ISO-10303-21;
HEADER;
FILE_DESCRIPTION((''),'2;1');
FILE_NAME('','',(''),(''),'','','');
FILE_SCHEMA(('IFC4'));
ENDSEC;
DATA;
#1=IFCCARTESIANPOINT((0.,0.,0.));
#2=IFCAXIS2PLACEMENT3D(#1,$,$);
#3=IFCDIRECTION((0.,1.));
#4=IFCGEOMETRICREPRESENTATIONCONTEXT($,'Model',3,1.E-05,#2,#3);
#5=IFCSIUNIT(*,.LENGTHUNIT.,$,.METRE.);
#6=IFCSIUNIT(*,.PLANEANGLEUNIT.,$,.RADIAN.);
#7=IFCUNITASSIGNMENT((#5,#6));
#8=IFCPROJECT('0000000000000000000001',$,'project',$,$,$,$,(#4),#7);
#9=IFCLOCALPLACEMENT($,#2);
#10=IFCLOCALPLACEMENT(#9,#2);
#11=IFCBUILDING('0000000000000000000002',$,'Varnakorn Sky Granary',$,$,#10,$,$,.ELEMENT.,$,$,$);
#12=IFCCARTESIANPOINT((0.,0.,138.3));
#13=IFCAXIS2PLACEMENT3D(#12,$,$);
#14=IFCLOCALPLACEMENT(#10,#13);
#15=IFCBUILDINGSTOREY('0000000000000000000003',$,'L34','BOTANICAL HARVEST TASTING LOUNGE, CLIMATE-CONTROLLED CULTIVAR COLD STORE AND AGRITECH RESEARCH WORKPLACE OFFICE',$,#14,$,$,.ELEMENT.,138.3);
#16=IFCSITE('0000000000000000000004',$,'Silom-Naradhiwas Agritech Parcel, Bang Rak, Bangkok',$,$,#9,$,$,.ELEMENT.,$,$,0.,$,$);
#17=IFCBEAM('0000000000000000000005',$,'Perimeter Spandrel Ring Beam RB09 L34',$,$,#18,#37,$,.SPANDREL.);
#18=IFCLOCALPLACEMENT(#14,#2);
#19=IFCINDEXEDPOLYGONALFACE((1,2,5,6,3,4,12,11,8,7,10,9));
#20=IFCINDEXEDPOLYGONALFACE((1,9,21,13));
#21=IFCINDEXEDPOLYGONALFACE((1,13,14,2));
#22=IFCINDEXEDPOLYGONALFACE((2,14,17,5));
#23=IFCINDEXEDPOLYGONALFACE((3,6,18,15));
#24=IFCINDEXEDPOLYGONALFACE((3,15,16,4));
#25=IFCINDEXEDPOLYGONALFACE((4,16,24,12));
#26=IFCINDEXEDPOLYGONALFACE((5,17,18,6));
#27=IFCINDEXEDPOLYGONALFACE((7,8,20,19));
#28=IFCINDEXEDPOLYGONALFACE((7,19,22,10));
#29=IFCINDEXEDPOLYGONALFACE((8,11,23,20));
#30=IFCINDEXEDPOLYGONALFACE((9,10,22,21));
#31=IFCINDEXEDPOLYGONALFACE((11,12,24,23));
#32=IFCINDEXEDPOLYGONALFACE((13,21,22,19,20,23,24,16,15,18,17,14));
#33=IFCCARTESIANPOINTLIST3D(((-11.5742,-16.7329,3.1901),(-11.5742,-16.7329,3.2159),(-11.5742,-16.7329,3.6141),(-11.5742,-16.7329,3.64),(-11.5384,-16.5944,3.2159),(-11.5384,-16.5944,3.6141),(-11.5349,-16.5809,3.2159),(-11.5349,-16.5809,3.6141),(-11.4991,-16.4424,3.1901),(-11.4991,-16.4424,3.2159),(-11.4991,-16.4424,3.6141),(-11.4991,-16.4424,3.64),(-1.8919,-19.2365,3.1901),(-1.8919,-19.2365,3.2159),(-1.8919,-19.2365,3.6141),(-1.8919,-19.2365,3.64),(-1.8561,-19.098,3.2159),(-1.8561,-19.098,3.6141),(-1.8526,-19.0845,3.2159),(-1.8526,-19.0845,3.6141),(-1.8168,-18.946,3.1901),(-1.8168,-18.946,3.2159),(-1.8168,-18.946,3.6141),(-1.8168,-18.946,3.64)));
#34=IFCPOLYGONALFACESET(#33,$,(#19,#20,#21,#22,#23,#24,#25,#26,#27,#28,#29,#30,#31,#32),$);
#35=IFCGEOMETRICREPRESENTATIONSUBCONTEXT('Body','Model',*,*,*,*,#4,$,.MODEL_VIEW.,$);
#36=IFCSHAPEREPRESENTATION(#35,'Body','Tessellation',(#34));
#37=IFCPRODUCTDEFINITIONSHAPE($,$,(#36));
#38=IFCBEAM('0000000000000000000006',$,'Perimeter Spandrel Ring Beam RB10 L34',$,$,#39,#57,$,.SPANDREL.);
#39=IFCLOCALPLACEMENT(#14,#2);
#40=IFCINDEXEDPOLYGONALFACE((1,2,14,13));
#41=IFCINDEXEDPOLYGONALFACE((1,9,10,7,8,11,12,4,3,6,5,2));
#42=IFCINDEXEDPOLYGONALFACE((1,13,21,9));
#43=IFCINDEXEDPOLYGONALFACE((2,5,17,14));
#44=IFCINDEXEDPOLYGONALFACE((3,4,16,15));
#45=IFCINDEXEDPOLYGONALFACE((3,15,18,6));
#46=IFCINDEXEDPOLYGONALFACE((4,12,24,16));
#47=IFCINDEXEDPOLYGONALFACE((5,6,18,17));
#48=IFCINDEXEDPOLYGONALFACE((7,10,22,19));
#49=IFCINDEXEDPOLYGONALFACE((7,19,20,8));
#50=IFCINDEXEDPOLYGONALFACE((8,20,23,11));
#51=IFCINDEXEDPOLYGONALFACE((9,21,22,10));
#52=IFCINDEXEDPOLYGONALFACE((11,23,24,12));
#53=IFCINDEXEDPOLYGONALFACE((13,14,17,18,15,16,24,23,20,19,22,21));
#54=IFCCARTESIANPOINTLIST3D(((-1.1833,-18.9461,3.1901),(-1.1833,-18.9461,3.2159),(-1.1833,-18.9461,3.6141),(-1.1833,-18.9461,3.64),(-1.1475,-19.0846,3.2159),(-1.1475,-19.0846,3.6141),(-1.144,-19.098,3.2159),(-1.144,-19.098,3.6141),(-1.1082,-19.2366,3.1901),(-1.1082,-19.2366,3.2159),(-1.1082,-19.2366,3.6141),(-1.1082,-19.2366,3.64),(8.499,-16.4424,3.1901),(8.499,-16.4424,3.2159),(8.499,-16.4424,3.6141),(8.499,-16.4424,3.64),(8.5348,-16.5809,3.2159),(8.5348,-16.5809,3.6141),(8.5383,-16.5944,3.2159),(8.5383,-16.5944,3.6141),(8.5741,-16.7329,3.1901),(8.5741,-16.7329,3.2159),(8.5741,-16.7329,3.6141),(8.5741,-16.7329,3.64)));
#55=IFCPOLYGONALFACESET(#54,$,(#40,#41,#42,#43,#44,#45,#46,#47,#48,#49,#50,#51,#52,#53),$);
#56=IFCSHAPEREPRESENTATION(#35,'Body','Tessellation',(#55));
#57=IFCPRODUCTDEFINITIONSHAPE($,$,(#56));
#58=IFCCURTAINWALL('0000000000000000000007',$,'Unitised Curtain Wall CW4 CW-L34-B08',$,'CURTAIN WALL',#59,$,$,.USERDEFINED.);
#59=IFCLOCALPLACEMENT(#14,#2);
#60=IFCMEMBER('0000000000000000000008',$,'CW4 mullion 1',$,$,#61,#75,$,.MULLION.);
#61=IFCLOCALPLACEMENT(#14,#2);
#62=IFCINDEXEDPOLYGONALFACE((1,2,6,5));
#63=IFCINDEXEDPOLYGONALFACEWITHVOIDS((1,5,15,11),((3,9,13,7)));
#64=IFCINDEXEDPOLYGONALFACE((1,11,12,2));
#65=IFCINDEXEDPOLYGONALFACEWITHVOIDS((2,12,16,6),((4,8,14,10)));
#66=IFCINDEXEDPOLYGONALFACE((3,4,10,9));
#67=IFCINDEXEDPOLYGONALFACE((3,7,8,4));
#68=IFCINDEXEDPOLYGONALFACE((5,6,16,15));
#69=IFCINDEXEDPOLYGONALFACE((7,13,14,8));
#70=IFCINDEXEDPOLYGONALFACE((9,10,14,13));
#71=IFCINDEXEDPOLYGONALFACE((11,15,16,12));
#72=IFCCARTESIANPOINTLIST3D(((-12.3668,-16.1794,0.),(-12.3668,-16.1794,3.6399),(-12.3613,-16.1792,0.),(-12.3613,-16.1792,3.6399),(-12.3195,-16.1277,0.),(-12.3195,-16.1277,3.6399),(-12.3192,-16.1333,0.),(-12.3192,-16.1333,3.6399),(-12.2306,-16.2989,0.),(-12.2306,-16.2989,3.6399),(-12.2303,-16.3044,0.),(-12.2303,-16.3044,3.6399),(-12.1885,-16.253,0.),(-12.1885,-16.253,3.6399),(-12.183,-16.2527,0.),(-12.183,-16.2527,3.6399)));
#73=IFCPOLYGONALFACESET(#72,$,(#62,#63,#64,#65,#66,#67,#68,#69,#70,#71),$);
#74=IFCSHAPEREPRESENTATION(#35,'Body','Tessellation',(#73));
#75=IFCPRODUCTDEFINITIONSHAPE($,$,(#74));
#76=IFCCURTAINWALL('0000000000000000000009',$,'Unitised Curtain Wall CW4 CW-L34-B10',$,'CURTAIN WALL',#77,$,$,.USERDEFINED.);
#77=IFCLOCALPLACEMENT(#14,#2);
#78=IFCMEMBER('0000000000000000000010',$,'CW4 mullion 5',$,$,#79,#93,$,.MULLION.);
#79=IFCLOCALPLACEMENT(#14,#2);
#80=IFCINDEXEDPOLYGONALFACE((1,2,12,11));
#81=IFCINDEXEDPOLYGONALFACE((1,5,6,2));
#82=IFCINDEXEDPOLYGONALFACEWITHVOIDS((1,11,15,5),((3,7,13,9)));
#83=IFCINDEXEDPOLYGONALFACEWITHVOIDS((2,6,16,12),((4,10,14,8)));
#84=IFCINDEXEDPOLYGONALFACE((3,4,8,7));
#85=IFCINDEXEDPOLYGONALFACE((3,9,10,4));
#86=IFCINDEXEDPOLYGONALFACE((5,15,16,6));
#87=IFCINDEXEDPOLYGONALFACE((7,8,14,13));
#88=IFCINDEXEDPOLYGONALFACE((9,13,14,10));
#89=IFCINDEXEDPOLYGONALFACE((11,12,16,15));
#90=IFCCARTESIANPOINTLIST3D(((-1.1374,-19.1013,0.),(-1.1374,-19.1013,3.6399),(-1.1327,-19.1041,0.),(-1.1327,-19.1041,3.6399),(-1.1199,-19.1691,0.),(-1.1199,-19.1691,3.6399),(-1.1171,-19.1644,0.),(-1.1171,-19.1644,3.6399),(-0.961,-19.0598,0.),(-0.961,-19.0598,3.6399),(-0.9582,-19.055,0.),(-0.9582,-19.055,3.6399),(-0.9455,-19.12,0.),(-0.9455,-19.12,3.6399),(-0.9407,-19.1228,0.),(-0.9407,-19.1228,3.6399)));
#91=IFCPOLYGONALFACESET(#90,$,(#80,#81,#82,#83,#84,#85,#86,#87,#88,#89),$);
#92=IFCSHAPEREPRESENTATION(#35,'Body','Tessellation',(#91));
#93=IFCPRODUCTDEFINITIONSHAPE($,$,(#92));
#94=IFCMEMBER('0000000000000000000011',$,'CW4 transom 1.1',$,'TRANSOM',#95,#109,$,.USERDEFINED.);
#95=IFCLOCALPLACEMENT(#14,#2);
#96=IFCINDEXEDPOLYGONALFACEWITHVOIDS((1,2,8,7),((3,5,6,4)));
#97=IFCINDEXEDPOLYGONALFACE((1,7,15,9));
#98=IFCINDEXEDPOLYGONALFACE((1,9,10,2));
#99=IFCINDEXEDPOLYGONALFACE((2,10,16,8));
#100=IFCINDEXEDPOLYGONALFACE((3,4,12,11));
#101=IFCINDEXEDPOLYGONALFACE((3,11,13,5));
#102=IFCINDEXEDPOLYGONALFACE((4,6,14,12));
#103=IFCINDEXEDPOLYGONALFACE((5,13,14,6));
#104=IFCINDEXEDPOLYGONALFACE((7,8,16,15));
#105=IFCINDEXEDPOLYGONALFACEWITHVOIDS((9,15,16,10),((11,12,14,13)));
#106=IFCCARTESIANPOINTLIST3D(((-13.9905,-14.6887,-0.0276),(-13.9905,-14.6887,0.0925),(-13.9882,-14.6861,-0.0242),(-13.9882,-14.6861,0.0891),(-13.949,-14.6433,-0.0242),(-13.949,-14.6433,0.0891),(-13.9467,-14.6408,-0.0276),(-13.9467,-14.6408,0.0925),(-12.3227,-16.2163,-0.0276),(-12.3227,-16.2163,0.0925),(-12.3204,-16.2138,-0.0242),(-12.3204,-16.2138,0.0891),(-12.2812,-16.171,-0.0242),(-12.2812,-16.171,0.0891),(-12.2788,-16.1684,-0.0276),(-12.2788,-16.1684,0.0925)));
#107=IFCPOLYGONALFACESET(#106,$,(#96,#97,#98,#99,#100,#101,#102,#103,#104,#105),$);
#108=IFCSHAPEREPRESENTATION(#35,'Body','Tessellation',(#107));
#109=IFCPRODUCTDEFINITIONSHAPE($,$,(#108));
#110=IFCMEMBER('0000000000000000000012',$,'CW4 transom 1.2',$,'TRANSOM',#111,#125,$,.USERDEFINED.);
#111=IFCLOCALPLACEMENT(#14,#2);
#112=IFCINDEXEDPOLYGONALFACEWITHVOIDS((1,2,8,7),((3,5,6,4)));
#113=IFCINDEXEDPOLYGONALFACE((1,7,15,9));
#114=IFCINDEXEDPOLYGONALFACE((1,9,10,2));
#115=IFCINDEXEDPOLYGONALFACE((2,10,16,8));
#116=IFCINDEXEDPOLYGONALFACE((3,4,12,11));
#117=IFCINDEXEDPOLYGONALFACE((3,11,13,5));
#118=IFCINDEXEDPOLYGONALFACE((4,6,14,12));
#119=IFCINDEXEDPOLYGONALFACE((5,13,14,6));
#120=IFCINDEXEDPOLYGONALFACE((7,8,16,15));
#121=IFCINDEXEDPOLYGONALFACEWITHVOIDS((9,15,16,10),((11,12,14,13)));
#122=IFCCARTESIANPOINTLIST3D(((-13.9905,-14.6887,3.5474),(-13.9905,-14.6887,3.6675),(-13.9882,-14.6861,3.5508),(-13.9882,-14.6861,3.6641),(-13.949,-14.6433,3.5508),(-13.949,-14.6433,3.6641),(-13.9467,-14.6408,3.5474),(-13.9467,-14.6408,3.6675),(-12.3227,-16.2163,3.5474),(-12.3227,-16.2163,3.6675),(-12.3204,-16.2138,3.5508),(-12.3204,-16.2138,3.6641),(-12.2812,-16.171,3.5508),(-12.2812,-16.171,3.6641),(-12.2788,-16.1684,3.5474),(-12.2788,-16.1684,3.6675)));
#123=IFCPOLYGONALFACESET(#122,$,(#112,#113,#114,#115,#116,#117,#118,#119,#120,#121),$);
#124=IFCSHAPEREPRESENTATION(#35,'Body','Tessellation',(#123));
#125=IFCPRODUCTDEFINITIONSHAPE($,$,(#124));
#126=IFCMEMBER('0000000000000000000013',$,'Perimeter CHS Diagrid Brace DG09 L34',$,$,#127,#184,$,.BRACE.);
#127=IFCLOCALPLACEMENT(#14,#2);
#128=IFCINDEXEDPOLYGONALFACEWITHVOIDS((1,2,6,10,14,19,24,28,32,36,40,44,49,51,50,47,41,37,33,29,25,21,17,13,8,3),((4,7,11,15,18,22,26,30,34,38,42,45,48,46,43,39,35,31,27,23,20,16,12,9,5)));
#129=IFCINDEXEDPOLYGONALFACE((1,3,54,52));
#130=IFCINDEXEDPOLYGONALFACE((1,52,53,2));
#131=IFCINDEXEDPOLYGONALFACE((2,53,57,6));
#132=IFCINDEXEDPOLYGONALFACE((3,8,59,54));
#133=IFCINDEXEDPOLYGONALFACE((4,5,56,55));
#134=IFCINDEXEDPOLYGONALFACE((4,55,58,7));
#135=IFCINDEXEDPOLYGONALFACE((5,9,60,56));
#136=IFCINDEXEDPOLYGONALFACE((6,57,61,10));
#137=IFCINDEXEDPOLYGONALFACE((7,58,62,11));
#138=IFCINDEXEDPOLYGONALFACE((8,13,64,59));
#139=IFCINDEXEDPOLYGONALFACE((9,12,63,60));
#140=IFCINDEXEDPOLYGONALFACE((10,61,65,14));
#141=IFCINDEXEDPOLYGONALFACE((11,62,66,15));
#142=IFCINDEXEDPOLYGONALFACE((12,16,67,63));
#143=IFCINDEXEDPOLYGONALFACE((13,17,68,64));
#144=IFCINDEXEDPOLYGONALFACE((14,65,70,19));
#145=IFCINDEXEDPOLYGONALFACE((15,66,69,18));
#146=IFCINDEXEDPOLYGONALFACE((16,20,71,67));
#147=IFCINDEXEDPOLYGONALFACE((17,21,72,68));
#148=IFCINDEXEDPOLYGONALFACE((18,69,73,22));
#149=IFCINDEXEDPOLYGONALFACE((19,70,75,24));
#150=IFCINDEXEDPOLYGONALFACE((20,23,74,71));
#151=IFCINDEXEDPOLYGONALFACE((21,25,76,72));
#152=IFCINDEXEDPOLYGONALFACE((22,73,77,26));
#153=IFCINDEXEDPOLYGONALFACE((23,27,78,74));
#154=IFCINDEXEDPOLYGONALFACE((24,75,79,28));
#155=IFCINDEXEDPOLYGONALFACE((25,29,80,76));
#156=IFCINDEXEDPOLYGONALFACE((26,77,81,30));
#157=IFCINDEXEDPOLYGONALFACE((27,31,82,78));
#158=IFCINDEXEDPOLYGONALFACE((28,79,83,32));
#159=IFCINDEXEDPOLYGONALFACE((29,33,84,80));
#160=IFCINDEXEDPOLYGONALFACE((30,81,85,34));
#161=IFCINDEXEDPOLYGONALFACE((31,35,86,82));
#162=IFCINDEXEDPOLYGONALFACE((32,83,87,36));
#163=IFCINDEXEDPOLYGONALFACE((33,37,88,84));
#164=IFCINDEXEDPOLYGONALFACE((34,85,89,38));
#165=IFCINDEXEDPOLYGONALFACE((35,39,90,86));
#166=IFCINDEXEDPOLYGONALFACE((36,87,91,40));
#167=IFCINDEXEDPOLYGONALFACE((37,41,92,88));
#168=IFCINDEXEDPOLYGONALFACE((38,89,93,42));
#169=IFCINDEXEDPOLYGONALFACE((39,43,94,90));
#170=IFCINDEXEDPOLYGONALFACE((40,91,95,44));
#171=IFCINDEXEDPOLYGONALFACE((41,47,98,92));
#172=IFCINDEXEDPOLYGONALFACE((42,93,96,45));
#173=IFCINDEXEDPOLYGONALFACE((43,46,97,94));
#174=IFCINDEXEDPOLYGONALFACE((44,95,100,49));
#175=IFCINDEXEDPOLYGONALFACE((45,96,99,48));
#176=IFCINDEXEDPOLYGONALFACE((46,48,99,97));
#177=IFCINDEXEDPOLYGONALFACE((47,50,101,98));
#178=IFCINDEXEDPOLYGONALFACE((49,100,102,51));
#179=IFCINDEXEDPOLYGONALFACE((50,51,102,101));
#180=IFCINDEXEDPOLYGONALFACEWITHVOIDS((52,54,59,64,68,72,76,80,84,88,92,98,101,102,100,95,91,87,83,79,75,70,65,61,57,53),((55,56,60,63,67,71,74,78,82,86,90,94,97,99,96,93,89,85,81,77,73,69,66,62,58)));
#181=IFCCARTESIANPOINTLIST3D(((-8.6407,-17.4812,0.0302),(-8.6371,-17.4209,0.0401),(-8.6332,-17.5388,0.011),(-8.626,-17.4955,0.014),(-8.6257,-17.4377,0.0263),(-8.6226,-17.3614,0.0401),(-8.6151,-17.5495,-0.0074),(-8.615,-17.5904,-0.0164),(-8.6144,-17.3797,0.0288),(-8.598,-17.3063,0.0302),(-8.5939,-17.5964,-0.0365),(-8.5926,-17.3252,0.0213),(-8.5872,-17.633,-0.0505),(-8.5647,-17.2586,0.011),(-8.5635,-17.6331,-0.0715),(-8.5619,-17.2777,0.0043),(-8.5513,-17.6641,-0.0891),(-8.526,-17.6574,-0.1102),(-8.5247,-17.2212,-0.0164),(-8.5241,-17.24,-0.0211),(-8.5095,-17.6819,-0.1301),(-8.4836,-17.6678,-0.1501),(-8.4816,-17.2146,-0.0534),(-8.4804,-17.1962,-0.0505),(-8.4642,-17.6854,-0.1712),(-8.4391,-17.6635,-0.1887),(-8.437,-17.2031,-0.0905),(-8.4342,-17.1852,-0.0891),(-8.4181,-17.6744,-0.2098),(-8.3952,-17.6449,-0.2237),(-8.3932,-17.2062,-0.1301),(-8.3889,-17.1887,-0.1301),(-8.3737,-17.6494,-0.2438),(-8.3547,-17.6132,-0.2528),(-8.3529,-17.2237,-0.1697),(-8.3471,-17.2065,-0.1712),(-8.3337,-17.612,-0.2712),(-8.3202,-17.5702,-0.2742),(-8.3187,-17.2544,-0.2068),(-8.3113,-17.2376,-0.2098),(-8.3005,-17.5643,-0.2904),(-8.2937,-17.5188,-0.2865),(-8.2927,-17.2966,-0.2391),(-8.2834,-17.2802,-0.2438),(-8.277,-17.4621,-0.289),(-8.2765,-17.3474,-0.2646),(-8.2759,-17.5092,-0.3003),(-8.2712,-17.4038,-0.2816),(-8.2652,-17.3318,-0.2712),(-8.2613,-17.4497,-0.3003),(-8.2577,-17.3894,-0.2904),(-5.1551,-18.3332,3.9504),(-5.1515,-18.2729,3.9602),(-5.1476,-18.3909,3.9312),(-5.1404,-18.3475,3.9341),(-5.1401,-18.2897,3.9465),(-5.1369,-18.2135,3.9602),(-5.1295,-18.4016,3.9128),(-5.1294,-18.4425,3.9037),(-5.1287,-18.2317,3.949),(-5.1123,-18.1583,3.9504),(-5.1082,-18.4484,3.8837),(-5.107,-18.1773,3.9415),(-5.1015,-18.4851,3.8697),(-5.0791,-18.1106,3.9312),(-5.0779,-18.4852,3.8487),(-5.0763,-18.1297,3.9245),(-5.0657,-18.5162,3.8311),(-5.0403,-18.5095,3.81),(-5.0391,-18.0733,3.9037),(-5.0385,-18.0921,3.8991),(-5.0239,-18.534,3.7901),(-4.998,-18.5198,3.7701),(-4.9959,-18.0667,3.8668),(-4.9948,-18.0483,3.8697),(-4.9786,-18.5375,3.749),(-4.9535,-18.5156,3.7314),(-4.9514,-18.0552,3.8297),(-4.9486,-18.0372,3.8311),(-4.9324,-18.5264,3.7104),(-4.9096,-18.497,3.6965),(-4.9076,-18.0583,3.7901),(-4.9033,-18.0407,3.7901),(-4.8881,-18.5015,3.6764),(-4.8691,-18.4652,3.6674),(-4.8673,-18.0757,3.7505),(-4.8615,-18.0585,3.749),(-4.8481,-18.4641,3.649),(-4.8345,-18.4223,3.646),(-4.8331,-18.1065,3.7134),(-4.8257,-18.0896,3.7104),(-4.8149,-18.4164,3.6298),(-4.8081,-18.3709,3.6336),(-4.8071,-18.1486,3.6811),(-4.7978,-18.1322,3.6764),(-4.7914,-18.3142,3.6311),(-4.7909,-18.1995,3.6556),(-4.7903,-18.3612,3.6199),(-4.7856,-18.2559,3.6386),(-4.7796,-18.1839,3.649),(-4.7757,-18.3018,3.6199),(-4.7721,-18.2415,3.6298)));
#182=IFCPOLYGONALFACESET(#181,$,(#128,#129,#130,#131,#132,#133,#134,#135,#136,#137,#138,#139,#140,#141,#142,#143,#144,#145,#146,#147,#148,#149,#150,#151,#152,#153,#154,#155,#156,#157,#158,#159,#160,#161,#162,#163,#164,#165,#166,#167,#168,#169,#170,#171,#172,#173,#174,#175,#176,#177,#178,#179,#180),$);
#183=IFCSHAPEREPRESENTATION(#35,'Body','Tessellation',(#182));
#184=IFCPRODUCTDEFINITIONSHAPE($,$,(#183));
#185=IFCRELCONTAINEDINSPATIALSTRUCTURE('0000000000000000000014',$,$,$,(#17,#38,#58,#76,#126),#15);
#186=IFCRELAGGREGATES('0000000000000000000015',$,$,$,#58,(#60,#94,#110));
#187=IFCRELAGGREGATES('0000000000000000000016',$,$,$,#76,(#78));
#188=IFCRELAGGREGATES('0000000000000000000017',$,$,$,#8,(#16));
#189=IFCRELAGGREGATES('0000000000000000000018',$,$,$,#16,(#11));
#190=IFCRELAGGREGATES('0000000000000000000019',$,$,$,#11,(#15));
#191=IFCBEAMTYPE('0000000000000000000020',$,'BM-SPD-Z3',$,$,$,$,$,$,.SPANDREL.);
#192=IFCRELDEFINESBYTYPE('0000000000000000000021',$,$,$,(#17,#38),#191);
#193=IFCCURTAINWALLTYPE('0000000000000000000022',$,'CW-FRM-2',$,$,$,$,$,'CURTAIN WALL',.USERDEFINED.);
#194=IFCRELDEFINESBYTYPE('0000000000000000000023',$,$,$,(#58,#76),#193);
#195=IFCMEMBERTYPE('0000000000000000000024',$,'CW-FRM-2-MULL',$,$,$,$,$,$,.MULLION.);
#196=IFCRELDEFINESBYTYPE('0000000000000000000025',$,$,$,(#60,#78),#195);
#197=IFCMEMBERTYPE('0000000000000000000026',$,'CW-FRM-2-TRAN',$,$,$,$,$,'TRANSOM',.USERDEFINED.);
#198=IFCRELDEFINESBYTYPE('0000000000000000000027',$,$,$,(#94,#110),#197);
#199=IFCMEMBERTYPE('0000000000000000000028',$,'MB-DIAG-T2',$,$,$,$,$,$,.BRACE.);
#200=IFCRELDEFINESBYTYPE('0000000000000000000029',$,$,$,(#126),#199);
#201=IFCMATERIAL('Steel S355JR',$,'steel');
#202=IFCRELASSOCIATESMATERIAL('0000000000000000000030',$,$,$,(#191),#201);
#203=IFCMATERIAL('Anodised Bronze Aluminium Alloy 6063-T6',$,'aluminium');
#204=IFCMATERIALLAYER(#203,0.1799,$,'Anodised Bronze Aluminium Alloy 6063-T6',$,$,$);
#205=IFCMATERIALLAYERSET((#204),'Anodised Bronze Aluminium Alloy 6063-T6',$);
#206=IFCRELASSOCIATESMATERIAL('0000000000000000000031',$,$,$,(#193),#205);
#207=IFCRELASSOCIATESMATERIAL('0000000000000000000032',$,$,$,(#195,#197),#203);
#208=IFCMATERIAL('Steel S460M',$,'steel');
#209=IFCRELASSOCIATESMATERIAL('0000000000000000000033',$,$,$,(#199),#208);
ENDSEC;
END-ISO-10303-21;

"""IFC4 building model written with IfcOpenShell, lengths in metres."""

from ifc_helpers import new_model, si_unit, direction, frame, origin, origin_2d, place, context, subcontext, project, spatial, hollow_rectangle, hollow_circle, i_section, extrude, material, layer, layer_set, material_profile, profile_set, type_object, element, aggregate, save


model = new_model("IFC4")

# Units and contexts
model_context = context("Model", 3, precision=1e-05, world=origin(), true_north=direction((0.0, 1.0)))
body_context = subcontext(model_context, "Body", "Model", "MODEL_VIEW")
ifc_project = project(units=[si_unit("LENGTHUNIT", "METRE"), si_unit("PLANEANGLEUNIT", "RADIAN")], contexts=[model_context])

# Site, building, storey
site_placement = place(None, origin())
site = spatial("IfcSite", under=ifc_project, at=site_placement, Name="Silom-Naradhiwas Agritech Parcel, Bang Rak, Bangkok", CompositionType="ELEMENT", RefElevation=0.0)
building_placement = place(site_placement, origin())
building = spatial("IfcBuilding", under=site, at=building_placement, Name="Varnakorn Sky Granary", CompositionType="ELEMENT")
storey_placement = place(building_placement, frame((0.0, 0.0, 138.3)))
storey = spatial("IfcBuildingStorey", under=building, at=storey_placement, Name="L34", Description="BOTANICAL HARVEST TASTING LOUNGE, CLIMATE-CONTROLLED CULTIVAR COLD STORE AND AGRITECH RESEARCH WORKPLACE OFFICE", CompositionType="ELEMENT", Elevation=138.3)

# Shared definitions
ifc_material_1 = material(Name="Steel S460M", Category="steel")

# Beams
ifc_material_2 = material(Name="Steel S355JR", Category="steel")
ifc_material_profile_1 = material_profile(ifc_material_2, i_section(OverallWidth=0.3, OverallDepth=0.45, WebThickness=0.0139, FlangeThickness=0.0259, at=origin_2d()), Name="HE 450 B")
ifc_profile_set_1 = profile_set([ifc_material_profile_1], Name="Steel S355JR")
beam_type_1 = type_object("IfcBeamType", Name="BM-SPD-Z3", PredefinedType="SPANDREL", material=ifc_profile_set_1)
for number, where, z_axis, x_axis, name in (
    (1, (-11.5366, -16.5876, 3.415), (0.968157, -0.250345, 0.0), (0.250345, 0.968157, 0.0), "Perimeter Spandrel Ring Beam RB09 L34"),
    (2, (-1.1458, -19.0913, 3.415), (0.968157, 0.250345, 0.0), (-0.250345, 0.968157, 0.0), "Perimeter Spandrel Ring Beam RB10 L34"),
):
    element("IfcBeam", number, at=place(storey_placement, frame(where, z_axis=z_axis, x_axis=x_axis)), inside=storey, type_object=beam_type_1, Name=name, PredefinedType="SPANDREL", context=body_context, shape_type="SweptSolid", body=[
        extrude(i_section(OverallWidth=0.3, OverallDepth=0.45, WebThickness=0.0139, FlangeThickness=0.0259, at=origin_2d()), origin(), (0.0, 0.0, 1.0), 10.0007),
    ])

# Curtain walls, members
ifc_material_3 = material(Name="Anodised Bronze Aluminium Alloy 6063-T6", Category="aluminium")
ifc_layer_1 = layer(ifc_material_3, 0.1799, Name="Anodised Bronze Aluminium Alloy 6063-T6")
ifc_layer_set_1 = layer_set([ifc_layer_1], Name="Anodised Bronze Aluminium Alloy 6063-T6")
curtain_wall_type = type_object("IfcCurtainWallType", Name="CW-FRM-2", ElementType="CURTAIN WALL", PredefinedType="USERDEFINED", material=ifc_layer_set_1)
curtain_wall_1_placement = place(storey_placement, origin())
curtain_wall_1 = element("IfcCurtainWall", 3, at=curtain_wall_1_placement, inside=storey, type_object=curtain_wall_type, Name="Unitised Curtain Wall CW4 CW-L34-B08", ObjectType="CURTAIN WALL", PredefinedType="USERDEFINED")
ifc_material_profile_2 = material_profile(ifc_material_3, hollow_rectangle(XDim=0.0701, YDim=0.1851, WallThickness=0.0039, at=origin_2d()), Name="ALU MULL 70x185")
ifc_profile_set_2 = profile_set([ifc_material_profile_2], Name="Anodised Bronze Aluminium Alloy 6063-T6")
member_type_1 = type_object("IfcMemberType", Name="CW-FRM-2-MULL", PredefinedType="MULLION", material=ifc_profile_set_2)
member_1_placement = place(storey_placement, frame((-12.2749, -16.2161, 0.0), z_axis=(0.0, 0.0, 1.0), x_axis=(-0.675438, -0.737417, 0.0)))
member_1 = element("IfcMember", 4, at=member_1_placement, type_object=member_type_1, Name="CW4 mullion 1", PredefinedType="MULLION", context=body_context, shape_type="SweptSolid", body=[
    extrude(hollow_rectangle(XDim=0.0701, YDim=0.1851, WallThickness=0.0039, at=origin_2d()), origin(), (0.0, 0.0, 1.0), 3.6399),
])
curtain_wall_2_placement = place(storey_placement, origin())
curtain_wall_2 = element("IfcCurtainWall", 5, at=curtain_wall_2_placement, inside=storey, type_object=curtain_wall_type, Name="Unitised Curtain Wall CW4 CW-L34-B10", ObjectType="CURTAIN WALL", PredefinedType="USERDEFINED")
member_2_placement = place(storey_placement, frame((-1.0391, -19.1121, 0.0), z_axis=(0.0, 0.0, 1.0), x_axis=(0.250174, -0.968201, 0.0)))
member_2 = element("IfcMember", 6, at=member_2_placement, type_object=member_type_1, Name="CW4 mullion 5", PredefinedType="MULLION", context=body_context, shape_type="SweptSolid", body=[
    extrude(hollow_rectangle(XDim=0.0701, YDim=0.1851, WallThickness=0.0039, at=origin_2d()), origin(), (0.0, 0.0, 1.0), 3.6399),
])

# Members
ifc_material_profile_3 = material_profile(ifc_material_3, hollow_rectangle(XDim=0.0649, YDim=0.1201, WallThickness=0.0034, at=origin_2d()), Name="ALU TRAN 65x120")
ifc_profile_set_3 = profile_set([ifc_material_profile_3], Name="Anodised Bronze Aluminium Alloy 6063-T6")
member_type_2 = type_object("IfcMemberType", Name="CW-FRM-2-TRAN", ElementType="TRANSOM", PredefinedType="USERDEFINED", material=ifc_profile_set_3)
member_3_placement = place(storey_placement, frame((-12.3008, -16.1924, 0.0325), z_axis=(-0.73741, 0.675446, 0.0), x_axis=(-0.675446, -0.73741, 0.0)))
member_3 = element("IfcMember", 7, at=member_3_placement, type_object=member_type_2, Name="CW4 transom 1.1", ObjectType="TRANSOM", PredefinedType="USERDEFINED", context=body_context, shape_type="SweptSolid", body=[
    extrude(hollow_rectangle(XDim=0.0649, YDim=0.1201, WallThickness=0.0034, at=origin_2d()), origin(), (0.0, 0.0, 1.0), 2.2617),
])
member_4_placement = place(storey_placement, frame((-12.3008, -16.1924, 3.6074), z_axis=(-0.73741, 0.675446, 0.0), x_axis=(-0.675446, -0.73741, 0.0)))
member_4 = element("IfcMember", 8, at=member_4_placement, type_object=member_type_2, Name="CW4 transom 1.2", ObjectType="TRANSOM", PredefinedType="USERDEFINED", context=body_context, shape_type="SweptSolid", body=[
    extrude(hollow_rectangle(XDim=0.0649, YDim=0.1201, WallThickness=0.0034, at=origin_2d()), origin(), (0.0, 0.0, 1.0), 2.2617),
])
ifc_material_profile_4 = material_profile(ifc_material_1, hollow_circle(Radius=0.2539, WallThickness=0.0181, at=origin_2d()), Name="CHS 508x18")
ifc_profile_set_4 = profile_set([ifc_material_profile_4], Name="Steel S460M")
member_type_3 = type_object("IfcMemberType", Name="MB-DIAG-T2", PredefinedType="BRACE", material=ifc_profile_set_4)
member_5_placement = place(storey_placement, frame((-8.4492, -17.4353, -0.1301), z_axis=(0.655875, -0.160328, 0.737647), x_axis=(0.237457, 0.971398, 0.0)))
element("IfcMember", 9, at=member_5_placement, inside=storey, type_object=member_type_3, Name="Perimeter CHS Diagrid Brace DG09 L34", PredefinedType="BRACE", context=body_context, shape_type="SweptSolid", body=[
    extrude(hollow_circle(Radius=0.2539, WallThickness=0.0181, at=origin_2d()), origin(), (0.0, 0.0, 1.0), 5.3145),
])

aggregate(curtain_wall_1, [member_1, member_3, member_4])
aggregate(curtain_wall_2, [member_2])

save(model, "model.ifc")
